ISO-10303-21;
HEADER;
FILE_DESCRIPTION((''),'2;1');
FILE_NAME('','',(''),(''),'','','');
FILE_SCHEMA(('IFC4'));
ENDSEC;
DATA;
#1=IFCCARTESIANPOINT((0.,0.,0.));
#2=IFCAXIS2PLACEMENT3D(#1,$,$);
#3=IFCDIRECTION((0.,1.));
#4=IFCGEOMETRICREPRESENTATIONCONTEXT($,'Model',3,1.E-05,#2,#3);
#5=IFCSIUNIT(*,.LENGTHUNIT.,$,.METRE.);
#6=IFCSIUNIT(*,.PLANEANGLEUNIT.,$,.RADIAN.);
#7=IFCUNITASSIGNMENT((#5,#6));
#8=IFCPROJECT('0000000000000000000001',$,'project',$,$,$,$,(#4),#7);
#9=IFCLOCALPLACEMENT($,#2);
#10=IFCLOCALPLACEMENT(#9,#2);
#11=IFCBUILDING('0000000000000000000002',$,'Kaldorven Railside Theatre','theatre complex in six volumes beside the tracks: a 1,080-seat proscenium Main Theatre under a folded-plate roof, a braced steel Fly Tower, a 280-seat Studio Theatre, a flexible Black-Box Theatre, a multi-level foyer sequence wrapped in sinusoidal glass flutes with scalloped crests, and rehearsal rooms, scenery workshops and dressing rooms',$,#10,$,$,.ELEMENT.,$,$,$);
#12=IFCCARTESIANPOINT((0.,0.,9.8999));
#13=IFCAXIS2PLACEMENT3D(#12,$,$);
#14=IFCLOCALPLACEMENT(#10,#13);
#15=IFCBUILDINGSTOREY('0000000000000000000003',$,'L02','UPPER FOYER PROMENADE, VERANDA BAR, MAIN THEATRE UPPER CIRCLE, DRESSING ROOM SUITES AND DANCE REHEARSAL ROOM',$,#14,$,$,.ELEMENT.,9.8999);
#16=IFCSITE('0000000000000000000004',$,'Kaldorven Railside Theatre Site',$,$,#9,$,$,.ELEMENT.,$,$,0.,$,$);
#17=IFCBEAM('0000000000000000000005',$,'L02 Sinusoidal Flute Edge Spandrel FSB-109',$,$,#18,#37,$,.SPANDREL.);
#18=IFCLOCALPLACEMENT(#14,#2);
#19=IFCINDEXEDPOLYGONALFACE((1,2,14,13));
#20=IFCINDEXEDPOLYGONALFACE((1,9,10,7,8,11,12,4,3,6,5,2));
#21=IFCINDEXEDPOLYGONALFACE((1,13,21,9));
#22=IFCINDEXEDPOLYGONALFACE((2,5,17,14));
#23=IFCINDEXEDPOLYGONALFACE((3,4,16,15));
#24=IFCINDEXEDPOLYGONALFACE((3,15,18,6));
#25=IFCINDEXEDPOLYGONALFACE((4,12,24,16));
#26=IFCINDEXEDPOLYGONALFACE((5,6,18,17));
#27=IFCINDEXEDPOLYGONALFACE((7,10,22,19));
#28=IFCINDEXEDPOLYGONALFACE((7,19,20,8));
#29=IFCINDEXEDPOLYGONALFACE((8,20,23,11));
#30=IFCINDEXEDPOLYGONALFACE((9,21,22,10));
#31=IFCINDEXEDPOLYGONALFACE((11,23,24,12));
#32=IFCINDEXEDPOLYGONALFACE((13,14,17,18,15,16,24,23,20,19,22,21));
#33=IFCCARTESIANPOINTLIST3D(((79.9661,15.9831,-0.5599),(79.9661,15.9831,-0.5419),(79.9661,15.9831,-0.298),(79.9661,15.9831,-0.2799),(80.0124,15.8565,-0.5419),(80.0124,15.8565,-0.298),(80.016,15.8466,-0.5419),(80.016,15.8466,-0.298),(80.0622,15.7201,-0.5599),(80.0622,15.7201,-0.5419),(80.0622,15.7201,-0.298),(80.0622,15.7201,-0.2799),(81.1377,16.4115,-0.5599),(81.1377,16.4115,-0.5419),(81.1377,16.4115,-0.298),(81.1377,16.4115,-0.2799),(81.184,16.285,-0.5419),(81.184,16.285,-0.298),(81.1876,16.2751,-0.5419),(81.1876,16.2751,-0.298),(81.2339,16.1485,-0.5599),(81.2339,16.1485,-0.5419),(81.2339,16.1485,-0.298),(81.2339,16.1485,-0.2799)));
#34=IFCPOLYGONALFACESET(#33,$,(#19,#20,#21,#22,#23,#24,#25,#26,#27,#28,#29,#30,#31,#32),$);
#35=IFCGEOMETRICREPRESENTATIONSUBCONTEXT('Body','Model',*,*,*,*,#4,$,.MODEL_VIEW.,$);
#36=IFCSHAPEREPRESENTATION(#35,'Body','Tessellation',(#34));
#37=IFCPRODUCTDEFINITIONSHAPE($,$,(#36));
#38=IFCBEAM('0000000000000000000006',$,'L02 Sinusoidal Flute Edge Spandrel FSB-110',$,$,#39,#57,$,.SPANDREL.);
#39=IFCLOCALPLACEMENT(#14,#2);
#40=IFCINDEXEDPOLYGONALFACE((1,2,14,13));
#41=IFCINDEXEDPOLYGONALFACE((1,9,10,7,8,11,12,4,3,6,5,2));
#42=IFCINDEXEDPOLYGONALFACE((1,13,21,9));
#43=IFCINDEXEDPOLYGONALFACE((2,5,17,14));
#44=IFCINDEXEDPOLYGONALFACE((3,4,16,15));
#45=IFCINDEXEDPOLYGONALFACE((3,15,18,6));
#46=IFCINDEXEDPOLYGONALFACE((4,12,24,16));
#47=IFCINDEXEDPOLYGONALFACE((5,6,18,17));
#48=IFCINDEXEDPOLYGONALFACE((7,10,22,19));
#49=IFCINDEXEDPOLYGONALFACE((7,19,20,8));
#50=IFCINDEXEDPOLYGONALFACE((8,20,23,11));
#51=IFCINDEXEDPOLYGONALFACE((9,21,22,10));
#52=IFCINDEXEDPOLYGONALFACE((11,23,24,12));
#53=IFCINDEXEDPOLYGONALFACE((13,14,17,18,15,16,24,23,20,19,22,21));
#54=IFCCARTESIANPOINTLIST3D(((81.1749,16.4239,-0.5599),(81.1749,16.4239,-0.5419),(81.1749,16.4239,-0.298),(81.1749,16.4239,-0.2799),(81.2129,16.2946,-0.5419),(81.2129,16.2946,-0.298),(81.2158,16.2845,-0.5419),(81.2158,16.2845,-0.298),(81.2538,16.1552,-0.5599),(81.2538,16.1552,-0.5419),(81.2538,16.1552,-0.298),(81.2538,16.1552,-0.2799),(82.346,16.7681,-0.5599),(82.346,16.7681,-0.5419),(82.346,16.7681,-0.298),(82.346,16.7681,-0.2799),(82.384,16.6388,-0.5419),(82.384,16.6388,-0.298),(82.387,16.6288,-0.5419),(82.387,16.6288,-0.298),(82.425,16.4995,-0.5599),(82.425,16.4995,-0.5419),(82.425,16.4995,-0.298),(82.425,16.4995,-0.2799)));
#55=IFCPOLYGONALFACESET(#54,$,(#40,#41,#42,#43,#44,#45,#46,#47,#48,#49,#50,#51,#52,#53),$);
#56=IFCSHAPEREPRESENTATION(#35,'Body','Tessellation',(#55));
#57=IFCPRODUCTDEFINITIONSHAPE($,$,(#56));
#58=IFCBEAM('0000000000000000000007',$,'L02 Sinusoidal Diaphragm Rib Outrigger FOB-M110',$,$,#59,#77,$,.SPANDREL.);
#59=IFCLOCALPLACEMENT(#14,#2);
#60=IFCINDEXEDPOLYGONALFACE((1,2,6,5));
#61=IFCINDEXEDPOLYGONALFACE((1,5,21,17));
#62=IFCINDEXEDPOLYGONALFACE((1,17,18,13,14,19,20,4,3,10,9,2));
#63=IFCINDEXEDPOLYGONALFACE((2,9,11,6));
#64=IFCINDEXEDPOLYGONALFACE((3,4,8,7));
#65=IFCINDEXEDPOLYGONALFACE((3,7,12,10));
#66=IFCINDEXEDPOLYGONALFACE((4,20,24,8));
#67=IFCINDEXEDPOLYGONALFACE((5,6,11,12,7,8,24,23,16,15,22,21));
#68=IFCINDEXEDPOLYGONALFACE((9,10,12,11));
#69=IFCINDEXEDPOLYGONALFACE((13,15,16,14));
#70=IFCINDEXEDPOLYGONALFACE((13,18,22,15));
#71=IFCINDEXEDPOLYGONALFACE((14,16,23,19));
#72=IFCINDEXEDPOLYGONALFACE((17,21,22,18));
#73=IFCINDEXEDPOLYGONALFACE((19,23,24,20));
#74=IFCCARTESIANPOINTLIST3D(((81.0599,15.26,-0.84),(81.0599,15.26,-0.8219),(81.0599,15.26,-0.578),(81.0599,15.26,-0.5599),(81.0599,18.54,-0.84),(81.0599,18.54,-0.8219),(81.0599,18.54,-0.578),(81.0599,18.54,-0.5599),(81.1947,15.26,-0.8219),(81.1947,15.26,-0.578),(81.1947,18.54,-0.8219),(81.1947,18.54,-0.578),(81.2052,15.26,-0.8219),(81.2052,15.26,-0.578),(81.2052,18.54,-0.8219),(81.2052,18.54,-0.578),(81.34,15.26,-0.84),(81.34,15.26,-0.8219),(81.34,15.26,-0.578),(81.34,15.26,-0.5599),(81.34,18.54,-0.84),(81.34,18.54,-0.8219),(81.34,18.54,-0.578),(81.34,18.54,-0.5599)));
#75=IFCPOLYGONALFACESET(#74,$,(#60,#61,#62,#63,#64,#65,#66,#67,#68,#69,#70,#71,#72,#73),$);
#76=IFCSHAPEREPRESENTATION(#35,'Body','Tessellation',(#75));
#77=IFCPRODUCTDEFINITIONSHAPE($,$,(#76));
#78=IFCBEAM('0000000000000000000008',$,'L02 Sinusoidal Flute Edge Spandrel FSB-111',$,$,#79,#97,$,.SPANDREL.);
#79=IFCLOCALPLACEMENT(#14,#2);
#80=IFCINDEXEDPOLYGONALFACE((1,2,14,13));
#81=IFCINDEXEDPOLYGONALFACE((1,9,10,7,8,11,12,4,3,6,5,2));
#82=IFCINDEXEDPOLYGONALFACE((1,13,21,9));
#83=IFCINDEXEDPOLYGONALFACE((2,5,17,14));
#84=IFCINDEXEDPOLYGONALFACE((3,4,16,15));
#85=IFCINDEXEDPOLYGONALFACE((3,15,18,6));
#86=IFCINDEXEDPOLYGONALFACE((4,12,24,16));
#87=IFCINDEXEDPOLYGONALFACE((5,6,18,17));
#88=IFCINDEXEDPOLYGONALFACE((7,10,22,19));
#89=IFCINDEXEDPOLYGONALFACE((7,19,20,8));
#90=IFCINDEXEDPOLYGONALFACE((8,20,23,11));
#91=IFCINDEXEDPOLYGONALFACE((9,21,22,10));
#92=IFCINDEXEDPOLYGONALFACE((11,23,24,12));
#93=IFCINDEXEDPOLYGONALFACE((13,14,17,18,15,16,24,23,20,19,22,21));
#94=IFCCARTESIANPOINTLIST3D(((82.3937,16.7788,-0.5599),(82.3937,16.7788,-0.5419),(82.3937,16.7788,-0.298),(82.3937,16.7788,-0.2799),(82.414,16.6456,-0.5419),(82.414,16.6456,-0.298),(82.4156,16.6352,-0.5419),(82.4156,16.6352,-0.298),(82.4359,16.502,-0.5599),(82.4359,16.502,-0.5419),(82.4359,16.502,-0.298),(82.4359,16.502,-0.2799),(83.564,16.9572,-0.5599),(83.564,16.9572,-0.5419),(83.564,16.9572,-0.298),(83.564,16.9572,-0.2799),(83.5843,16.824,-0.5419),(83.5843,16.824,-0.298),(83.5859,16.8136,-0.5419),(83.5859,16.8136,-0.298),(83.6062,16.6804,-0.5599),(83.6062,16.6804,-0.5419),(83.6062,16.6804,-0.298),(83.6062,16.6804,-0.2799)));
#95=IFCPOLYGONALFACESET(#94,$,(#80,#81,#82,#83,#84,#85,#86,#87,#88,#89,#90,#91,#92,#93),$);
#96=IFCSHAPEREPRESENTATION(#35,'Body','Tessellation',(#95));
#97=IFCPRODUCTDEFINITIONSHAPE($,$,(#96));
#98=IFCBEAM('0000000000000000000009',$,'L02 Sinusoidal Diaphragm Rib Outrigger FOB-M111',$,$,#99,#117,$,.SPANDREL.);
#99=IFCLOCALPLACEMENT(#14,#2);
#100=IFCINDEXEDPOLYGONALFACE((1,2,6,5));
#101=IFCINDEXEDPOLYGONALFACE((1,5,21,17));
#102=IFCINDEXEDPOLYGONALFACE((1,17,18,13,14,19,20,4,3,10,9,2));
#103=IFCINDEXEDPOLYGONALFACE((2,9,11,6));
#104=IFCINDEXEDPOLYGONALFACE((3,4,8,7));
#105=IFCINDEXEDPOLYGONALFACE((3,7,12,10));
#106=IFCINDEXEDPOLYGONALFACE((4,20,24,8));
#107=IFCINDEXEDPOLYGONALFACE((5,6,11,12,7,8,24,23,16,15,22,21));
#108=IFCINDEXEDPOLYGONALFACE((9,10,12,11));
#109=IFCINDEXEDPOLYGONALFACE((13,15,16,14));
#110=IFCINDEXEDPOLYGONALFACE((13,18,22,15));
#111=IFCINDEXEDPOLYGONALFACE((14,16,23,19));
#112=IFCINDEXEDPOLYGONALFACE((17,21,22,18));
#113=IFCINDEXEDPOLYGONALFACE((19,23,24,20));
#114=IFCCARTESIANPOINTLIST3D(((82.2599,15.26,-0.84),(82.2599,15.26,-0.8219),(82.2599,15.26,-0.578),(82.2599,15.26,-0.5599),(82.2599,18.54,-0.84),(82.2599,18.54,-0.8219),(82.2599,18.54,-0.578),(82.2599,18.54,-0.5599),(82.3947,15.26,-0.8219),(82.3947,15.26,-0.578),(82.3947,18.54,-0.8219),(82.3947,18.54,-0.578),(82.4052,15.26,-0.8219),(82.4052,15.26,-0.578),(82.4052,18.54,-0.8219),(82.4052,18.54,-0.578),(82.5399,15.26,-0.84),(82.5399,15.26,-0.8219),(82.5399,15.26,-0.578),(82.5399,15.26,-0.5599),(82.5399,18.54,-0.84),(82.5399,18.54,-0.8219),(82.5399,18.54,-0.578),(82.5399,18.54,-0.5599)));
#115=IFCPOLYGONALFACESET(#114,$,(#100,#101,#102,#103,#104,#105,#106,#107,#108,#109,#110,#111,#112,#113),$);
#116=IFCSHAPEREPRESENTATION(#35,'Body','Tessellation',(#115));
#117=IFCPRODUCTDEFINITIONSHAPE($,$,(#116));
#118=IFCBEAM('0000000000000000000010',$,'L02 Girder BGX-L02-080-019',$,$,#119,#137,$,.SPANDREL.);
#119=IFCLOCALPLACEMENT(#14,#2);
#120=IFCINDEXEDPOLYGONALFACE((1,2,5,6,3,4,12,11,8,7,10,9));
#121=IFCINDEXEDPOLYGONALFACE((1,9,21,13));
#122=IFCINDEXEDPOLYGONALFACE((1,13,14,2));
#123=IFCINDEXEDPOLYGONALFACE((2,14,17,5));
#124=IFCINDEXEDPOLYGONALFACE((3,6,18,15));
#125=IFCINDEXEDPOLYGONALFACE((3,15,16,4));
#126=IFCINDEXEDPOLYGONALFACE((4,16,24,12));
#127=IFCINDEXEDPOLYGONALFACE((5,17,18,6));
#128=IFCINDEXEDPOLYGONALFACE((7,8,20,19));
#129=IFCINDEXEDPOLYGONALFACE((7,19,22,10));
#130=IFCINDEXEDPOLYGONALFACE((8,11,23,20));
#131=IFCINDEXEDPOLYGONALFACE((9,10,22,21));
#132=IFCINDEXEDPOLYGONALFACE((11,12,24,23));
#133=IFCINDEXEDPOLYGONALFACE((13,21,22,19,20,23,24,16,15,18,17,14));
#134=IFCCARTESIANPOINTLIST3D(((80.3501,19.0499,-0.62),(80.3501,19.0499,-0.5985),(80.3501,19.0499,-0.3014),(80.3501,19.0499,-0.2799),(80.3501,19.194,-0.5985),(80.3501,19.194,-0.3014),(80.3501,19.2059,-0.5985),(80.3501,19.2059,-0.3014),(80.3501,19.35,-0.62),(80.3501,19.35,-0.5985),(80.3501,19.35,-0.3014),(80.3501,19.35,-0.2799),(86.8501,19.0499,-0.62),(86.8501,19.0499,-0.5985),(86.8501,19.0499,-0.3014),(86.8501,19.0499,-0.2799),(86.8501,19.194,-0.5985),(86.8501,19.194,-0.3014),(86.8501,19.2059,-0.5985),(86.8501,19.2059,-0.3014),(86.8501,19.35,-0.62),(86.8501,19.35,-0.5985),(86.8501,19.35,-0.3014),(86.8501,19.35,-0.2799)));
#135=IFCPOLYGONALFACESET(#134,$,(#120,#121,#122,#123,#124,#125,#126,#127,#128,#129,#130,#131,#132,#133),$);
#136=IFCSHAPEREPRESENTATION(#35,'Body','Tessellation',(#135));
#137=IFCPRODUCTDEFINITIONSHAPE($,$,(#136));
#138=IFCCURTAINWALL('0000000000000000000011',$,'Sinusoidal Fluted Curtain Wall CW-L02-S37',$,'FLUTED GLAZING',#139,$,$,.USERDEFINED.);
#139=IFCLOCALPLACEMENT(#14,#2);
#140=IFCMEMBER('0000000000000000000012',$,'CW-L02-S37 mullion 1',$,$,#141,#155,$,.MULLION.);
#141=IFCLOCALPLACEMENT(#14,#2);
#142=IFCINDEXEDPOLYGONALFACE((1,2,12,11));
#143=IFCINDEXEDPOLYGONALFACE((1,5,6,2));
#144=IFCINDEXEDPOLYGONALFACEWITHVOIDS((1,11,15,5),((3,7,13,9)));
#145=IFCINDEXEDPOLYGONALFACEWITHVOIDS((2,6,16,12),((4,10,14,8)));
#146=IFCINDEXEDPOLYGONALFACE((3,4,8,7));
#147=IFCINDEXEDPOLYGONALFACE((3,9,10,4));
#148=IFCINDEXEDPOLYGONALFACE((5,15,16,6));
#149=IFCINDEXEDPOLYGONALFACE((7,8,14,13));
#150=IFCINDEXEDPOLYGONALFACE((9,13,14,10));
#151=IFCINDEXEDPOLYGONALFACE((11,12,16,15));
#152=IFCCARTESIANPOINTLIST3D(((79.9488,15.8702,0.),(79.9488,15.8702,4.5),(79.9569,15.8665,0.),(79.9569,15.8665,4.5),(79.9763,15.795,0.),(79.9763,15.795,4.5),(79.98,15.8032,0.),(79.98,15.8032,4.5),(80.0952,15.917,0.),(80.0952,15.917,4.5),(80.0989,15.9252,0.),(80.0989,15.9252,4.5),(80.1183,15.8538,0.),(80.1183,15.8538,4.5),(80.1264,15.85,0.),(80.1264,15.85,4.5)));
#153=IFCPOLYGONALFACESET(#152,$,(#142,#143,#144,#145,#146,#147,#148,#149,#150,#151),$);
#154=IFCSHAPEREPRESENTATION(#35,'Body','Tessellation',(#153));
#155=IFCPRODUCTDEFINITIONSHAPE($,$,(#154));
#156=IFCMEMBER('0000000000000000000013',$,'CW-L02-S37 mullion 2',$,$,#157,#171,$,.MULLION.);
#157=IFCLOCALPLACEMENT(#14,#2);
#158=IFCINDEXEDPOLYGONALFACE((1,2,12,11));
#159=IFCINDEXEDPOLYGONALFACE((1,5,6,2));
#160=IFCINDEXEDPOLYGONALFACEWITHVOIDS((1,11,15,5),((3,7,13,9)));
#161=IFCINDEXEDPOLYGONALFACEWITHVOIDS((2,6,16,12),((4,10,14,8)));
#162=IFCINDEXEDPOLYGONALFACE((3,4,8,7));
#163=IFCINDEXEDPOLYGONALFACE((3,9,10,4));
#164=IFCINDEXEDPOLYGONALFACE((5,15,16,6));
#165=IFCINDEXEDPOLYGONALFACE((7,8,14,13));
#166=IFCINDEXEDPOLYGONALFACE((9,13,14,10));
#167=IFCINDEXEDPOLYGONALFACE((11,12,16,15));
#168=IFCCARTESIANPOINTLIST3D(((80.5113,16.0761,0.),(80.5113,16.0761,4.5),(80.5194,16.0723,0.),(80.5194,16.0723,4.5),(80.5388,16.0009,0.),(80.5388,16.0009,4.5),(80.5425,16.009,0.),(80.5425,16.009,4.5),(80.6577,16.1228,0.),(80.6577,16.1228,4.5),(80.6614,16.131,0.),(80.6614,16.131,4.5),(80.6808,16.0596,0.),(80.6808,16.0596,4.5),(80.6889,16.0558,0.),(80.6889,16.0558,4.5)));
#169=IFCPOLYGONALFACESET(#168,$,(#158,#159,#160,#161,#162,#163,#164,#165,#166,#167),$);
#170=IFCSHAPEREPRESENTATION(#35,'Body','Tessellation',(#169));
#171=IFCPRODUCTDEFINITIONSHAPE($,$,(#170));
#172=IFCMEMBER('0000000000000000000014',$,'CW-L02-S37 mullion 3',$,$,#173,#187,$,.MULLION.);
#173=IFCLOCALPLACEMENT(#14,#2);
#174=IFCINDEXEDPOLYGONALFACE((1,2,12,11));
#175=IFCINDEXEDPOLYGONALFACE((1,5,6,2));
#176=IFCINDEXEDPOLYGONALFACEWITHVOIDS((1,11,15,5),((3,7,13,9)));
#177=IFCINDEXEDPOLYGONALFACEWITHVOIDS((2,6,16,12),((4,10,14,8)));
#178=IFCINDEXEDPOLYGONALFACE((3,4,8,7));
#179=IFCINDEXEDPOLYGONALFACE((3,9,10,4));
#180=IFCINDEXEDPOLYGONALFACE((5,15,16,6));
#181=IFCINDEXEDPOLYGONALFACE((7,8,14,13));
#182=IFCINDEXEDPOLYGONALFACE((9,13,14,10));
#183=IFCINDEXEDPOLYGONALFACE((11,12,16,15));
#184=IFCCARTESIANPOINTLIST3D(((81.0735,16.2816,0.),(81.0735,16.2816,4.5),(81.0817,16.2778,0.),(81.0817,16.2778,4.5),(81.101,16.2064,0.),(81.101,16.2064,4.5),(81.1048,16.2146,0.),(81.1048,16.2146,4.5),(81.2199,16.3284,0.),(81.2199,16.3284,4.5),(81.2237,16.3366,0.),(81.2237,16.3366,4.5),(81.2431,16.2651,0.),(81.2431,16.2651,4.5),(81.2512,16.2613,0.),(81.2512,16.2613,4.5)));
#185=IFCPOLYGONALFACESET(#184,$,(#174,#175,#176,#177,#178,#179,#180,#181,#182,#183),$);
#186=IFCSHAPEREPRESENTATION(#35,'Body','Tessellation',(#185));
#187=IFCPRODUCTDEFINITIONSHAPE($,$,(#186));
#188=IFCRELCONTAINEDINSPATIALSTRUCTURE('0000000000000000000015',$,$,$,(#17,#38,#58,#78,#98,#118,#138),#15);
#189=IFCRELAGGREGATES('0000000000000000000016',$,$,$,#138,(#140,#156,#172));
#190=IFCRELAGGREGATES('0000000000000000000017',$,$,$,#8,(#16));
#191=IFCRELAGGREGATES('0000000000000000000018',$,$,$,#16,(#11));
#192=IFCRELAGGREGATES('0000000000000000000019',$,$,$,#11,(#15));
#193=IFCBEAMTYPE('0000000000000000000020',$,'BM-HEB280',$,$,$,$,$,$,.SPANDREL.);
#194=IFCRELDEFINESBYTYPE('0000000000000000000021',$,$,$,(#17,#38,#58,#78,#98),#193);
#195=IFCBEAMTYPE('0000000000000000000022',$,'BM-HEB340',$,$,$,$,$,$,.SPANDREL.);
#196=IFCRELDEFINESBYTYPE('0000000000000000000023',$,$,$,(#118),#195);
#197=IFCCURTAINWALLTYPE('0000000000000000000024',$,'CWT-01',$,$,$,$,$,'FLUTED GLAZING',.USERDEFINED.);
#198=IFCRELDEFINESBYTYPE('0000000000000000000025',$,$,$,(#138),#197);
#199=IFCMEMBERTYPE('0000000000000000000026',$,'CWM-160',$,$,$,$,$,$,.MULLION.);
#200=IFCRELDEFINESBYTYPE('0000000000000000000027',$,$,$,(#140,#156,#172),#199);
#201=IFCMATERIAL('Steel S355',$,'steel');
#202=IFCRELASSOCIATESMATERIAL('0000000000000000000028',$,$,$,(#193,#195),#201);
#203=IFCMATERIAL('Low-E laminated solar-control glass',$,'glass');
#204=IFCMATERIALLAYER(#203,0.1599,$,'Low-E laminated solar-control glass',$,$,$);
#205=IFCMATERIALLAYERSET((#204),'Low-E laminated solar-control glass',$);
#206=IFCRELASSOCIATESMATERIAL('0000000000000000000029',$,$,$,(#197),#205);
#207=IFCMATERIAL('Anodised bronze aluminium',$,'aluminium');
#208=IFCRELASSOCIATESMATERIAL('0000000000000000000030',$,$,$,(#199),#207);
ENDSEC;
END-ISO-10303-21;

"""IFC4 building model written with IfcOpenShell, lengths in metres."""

from ifc_helpers import new_model, si_unit, direction, frame, origin, origin_2d, place, context, subcontext, project, spatial, hollow_rectangle, i_section, extrude, material, layer, layer_set, material_profile, profile_set, type_object, element, aggregate, save


model = new_model("IFC4")

# Units and contexts
model_context = context("Model", 3, precision=1e-05, world=origin(), true_north=direction((0.0, 1.0)))
body_context = subcontext(model_context, "Body", "Model", "MODEL_VIEW")
ifc_project = project(units=[si_unit("LENGTHUNIT", "METRE"), si_unit("PLANEANGLEUNIT", "RADIAN")], contexts=[model_context])

# Site, building, storey
site_placement = place(None, origin())
site = spatial("IfcSite", under=ifc_project, at=site_placement, Name="Kaldorven Railside Theatre Site", CompositionType="ELEMENT", RefElevation=0.0)
building_placement = place(site_placement, origin())
building = spatial("IfcBuilding", under=site, at=building_placement, Name="Kaldorven Railside Theatre", Description="theatre complex in six volumes beside the tracks: a 1,080-seat proscenium Main Theatre under a folded-plate roof, a braced steel Fly Tower, a 280-seat Studio Theatre, a flexible Black-Box Theatre, a multi-level foyer sequence wrapped in sinusoidal glass flutes with scalloped crests, and rehearsal rooms, scenery workshops and dressing rooms", CompositionType="ELEMENT")
storey_placement = place(building_placement, frame((0.0, 0.0, 9.8999)))
storey = spatial("IfcBuildingStorey", under=building, at=storey_placement, Name="L02", Description="UPPER FOYER PROMENADE, VERANDA BAR, MAIN THEATRE UPPER CIRCLE, DRESSING ROOM SUITES AND DANCE REHEARSAL ROOM", CompositionType="ELEMENT", Elevation=9.8999)

# Beams
ifc_material_1 = material(Name="Steel S355", Category="steel")
ifc_material_profile_1 = material_profile(ifc_material_1, i_section(OverallWidth=0.28, OverallDepth=0.28, WebThickness=0.0105, FlangeThickness=0.0181, at=origin_2d()), Name="HEB 280")
ifc_profile_set_1 = profile_set([ifc_material_profile_1], Name="Steel S355")
beam_type_1 = type_object("IfcBeamType", Name="BM-HEB280", PredefinedType="SPANDREL", material=ifc_profile_set_1)
beam_1_placement = place(storey_placement, frame((80.0142, 15.8516, -0.4199), z_axis=(0.939169, 0.343455, 0.0), x_axis=(-0.343455, 0.939169, 0.0)))
element("IfcBeam", 1, at=beam_1_placement, inside=storey, type_object=beam_type_1, Name="L02 Sinusoidal Flute Edge Spandrel FSB-109", PredefinedType="SPANDREL", context=body_context, shape_type="SweptSolid", body=[
    extrude(i_section(OverallWidth=0.28, OverallDepth=0.28, WebThickness=0.0105, FlangeThickness=0.0181, at=origin_2d()), origin(), (0.0, 0.0, 1.0), 1.2476),
])
beam_2_placement = place(storey_placement, frame((81.2144, 16.2896, -0.4199), z_axis=(0.959413, 0.282004, 0.0), x_axis=(-0.282004, 0.959413, 0.0)))
element("IfcBeam", 2, at=beam_2_placement, inside=storey, type_object=beam_type_1, Name="L02 Sinusoidal Flute Edge Spandrel FSB-110", PredefinedType="SPANDREL", context=body_context, shape_type="SweptSolid", body=[
    extrude(i_section(OverallWidth=0.28, OverallDepth=0.28, WebThickness=0.0105, FlangeThickness=0.0181, at=origin_2d()), origin(), (0.0, 0.0, 1.0), 1.2207),
])
beam_3_placement = place(storey_placement, frame((81.2, 15.26, -0.7), z_axis=(0.0, 1.0, 0.0), x_axis=(-1.0, 0.0, 0.0)))
element("IfcBeam", 3, at=beam_3_placement, inside=storey, type_object=beam_type_1, Name="L02 Sinusoidal Diaphragm Rib Outrigger FOB-M110", PredefinedType="SPANDREL", context=body_context, shape_type="SweptSolid", body=[
    extrude(i_section(OverallWidth=0.28, OverallDepth=0.28, WebThickness=0.0105, FlangeThickness=0.0181, at=origin_2d()), origin(), (0.0, 0.0, 1.0), 3.28),
])
beam_4_placement = place(storey_placement, frame((82.4148, 16.6404, -0.4199), z_axis=(0.988573, 0.15074, 0.0), x_axis=(-0.15074, 0.988573, 0.0)))
element("IfcBeam", 4, at=beam_4_placement, inside=storey, type_object=beam_type_1, Name="L02 Sinusoidal Flute Edge Spandrel FSB-111", PredefinedType="SPANDREL", context=body_context, shape_type="SweptSolid", body=[
    extrude(i_section(OverallWidth=0.28, OverallDepth=0.28, WebThickness=0.0105, FlangeThickness=0.0181, at=origin_2d()), origin(), (0.0, 0.0, 1.0), 1.1838),
])
beam_5_placement = place(storey_placement, frame((82.3999, 15.26, -0.7), z_axis=(0.0, 1.0, 0.0), x_axis=(-1.0, 0.0, 0.0)))
element("IfcBeam", 5, at=beam_5_placement, inside=storey, type_object=beam_type_1, Name="L02 Sinusoidal Diaphragm Rib Outrigger FOB-M111", PredefinedType="SPANDREL", context=body_context, shape_type="SweptSolid", body=[
    extrude(i_section(OverallWidth=0.28, OverallDepth=0.28, WebThickness=0.0105, FlangeThickness=0.0181, at=origin_2d()), origin(), (0.0, 0.0, 1.0), 3.28),
])
ifc_material_profile_2 = material_profile(ifc_material_1, i_section(OverallWidth=0.3, OverallDepth=0.3401, WebThickness=0.012, FlangeThickness=0.0215, at=origin_2d()), Name="HEB 340")
ifc_profile_set_2 = profile_set([ifc_material_profile_2], Name="Steel S355")
beam_type_2 = type_object("IfcBeamType", Name="BM-HEB340", PredefinedType="SPANDREL", material=ifc_profile_set_2)
beam_6_placement = place(storey_placement, frame((80.3501, 19.2, -0.45), z_axis=(1.0, 0.0, 0.0), x_axis=(0.0, 1.0, 0.0)))
element("IfcBeam", 6, at=beam_6_placement, inside=storey, type_object=beam_type_2, Name="L02 Girder BGX-L02-080-019", PredefinedType="SPANDREL", context=body_context, shape_type="SweptSolid", body=[
    extrude(i_section(OverallWidth=0.3, OverallDepth=0.3401, WebThickness=0.012, FlangeThickness=0.0215, at=origin_2d()), origin(), (0.0, 0.0, 1.0), 6.5),
])

# Curtain wall, members
ifc_material_2 = material(Name="Low-E laminated solar-control glass", Category="glass")
ifc_layer_1 = layer(ifc_material_2, 0.1599, Name="Low-E laminated solar-control glass")
ifc_layer_set_1 = layer_set([ifc_layer_1], Name="Low-E laminated solar-control glass")
curtain_wall_type_1 = type_object("IfcCurtainWallType", Name="CWT-01", ElementType="FLUTED GLAZING", PredefinedType="USERDEFINED", material=ifc_layer_set_1)
curtain_wall_1_placement = place(storey_placement, origin())
curtain_wall_1 = element("IfcCurtainWall", 7, at=curtain_wall_1_placement, inside=storey, type_object=curtain_wall_type_1, Name="Sinusoidal Fluted Curtain Wall CW-L02-S37", ObjectType="FLUTED GLAZING", PredefinedType="USERDEFINED")
ifc_material_3 = material(Name="Anodised bronze aluminium", Category="aluminium")
ifc_material_profile_3 = material_profile(ifc_material_3, hollow_rectangle(XDim=0.0801, YDim=0.1599, WallThickness=0.0063, at=origin_2d()), Name="RHS 160x80x6.3")
ifc_profile_set_3 = profile_set([ifc_material_profile_3], Name="Anodised bronze aluminium")
member_type_1 = type_object("IfcMemberType", Name="CWM-160", PredefinedType="MULLION", material=ifc_profile_set_3)
member_1_placement = place(storey_placement, frame((80.0376, 15.8601, 0.0), z_axis=(0.0, 0.0, 1.0), x_axis=(-0.343496, 0.939154, 0.0)))
member_1 = element("IfcMember", 8, at=member_1_placement, type_object=member_type_1, Name="CW-L02-S37 mullion 1", PredefinedType="MULLION", context=body_context, shape_type="SweptSolid", body=[
    extrude(hollow_rectangle(XDim=0.0801, YDim=0.1599, WallThickness=0.0063, at=origin_2d()), origin(), (0.0, 0.0, 1.0), 4.5),
])
member_2_placement = place(storey_placement, frame((80.6001, 16.0659, 0.0), z_axis=(0.0, 0.0, 1.0), x_axis=(-0.343496, 0.939154, 0.0)))
member_2 = element("IfcMember", 9, at=member_2_placement, type_object=member_type_1, Name="CW-L02-S37 mullion 2", PredefinedType="MULLION", context=body_context, shape_type="SweptSolid", body=[
    extrude(hollow_rectangle(XDim=0.0801, YDim=0.1599, WallThickness=0.0063, at=origin_2d()), origin(), (0.0, 0.0, 1.0), 4.5),
])
member_3_placement = place(storey_placement, frame((81.1624, 16.2715, 0.0), z_axis=(0.0, 0.0, 1.0), x_axis=(-0.343496, 0.939154, 0.0)))
member_3 = element("IfcMember", 10, at=member_3_placement, type_object=member_type_1, Name="CW-L02-S37 mullion 3", PredefinedType="MULLION", context=body_context, shape_type="SweptSolid", body=[
    extrude(hollow_rectangle(XDim=0.0801, YDim=0.1599, WallThickness=0.0063, at=origin_2d()), origin(), (0.0, 0.0, 1.0), 4.5),
])

aggregate(curtain_wall_1, [member_1, member_2, member_3])

save(model, "model.ifc")
